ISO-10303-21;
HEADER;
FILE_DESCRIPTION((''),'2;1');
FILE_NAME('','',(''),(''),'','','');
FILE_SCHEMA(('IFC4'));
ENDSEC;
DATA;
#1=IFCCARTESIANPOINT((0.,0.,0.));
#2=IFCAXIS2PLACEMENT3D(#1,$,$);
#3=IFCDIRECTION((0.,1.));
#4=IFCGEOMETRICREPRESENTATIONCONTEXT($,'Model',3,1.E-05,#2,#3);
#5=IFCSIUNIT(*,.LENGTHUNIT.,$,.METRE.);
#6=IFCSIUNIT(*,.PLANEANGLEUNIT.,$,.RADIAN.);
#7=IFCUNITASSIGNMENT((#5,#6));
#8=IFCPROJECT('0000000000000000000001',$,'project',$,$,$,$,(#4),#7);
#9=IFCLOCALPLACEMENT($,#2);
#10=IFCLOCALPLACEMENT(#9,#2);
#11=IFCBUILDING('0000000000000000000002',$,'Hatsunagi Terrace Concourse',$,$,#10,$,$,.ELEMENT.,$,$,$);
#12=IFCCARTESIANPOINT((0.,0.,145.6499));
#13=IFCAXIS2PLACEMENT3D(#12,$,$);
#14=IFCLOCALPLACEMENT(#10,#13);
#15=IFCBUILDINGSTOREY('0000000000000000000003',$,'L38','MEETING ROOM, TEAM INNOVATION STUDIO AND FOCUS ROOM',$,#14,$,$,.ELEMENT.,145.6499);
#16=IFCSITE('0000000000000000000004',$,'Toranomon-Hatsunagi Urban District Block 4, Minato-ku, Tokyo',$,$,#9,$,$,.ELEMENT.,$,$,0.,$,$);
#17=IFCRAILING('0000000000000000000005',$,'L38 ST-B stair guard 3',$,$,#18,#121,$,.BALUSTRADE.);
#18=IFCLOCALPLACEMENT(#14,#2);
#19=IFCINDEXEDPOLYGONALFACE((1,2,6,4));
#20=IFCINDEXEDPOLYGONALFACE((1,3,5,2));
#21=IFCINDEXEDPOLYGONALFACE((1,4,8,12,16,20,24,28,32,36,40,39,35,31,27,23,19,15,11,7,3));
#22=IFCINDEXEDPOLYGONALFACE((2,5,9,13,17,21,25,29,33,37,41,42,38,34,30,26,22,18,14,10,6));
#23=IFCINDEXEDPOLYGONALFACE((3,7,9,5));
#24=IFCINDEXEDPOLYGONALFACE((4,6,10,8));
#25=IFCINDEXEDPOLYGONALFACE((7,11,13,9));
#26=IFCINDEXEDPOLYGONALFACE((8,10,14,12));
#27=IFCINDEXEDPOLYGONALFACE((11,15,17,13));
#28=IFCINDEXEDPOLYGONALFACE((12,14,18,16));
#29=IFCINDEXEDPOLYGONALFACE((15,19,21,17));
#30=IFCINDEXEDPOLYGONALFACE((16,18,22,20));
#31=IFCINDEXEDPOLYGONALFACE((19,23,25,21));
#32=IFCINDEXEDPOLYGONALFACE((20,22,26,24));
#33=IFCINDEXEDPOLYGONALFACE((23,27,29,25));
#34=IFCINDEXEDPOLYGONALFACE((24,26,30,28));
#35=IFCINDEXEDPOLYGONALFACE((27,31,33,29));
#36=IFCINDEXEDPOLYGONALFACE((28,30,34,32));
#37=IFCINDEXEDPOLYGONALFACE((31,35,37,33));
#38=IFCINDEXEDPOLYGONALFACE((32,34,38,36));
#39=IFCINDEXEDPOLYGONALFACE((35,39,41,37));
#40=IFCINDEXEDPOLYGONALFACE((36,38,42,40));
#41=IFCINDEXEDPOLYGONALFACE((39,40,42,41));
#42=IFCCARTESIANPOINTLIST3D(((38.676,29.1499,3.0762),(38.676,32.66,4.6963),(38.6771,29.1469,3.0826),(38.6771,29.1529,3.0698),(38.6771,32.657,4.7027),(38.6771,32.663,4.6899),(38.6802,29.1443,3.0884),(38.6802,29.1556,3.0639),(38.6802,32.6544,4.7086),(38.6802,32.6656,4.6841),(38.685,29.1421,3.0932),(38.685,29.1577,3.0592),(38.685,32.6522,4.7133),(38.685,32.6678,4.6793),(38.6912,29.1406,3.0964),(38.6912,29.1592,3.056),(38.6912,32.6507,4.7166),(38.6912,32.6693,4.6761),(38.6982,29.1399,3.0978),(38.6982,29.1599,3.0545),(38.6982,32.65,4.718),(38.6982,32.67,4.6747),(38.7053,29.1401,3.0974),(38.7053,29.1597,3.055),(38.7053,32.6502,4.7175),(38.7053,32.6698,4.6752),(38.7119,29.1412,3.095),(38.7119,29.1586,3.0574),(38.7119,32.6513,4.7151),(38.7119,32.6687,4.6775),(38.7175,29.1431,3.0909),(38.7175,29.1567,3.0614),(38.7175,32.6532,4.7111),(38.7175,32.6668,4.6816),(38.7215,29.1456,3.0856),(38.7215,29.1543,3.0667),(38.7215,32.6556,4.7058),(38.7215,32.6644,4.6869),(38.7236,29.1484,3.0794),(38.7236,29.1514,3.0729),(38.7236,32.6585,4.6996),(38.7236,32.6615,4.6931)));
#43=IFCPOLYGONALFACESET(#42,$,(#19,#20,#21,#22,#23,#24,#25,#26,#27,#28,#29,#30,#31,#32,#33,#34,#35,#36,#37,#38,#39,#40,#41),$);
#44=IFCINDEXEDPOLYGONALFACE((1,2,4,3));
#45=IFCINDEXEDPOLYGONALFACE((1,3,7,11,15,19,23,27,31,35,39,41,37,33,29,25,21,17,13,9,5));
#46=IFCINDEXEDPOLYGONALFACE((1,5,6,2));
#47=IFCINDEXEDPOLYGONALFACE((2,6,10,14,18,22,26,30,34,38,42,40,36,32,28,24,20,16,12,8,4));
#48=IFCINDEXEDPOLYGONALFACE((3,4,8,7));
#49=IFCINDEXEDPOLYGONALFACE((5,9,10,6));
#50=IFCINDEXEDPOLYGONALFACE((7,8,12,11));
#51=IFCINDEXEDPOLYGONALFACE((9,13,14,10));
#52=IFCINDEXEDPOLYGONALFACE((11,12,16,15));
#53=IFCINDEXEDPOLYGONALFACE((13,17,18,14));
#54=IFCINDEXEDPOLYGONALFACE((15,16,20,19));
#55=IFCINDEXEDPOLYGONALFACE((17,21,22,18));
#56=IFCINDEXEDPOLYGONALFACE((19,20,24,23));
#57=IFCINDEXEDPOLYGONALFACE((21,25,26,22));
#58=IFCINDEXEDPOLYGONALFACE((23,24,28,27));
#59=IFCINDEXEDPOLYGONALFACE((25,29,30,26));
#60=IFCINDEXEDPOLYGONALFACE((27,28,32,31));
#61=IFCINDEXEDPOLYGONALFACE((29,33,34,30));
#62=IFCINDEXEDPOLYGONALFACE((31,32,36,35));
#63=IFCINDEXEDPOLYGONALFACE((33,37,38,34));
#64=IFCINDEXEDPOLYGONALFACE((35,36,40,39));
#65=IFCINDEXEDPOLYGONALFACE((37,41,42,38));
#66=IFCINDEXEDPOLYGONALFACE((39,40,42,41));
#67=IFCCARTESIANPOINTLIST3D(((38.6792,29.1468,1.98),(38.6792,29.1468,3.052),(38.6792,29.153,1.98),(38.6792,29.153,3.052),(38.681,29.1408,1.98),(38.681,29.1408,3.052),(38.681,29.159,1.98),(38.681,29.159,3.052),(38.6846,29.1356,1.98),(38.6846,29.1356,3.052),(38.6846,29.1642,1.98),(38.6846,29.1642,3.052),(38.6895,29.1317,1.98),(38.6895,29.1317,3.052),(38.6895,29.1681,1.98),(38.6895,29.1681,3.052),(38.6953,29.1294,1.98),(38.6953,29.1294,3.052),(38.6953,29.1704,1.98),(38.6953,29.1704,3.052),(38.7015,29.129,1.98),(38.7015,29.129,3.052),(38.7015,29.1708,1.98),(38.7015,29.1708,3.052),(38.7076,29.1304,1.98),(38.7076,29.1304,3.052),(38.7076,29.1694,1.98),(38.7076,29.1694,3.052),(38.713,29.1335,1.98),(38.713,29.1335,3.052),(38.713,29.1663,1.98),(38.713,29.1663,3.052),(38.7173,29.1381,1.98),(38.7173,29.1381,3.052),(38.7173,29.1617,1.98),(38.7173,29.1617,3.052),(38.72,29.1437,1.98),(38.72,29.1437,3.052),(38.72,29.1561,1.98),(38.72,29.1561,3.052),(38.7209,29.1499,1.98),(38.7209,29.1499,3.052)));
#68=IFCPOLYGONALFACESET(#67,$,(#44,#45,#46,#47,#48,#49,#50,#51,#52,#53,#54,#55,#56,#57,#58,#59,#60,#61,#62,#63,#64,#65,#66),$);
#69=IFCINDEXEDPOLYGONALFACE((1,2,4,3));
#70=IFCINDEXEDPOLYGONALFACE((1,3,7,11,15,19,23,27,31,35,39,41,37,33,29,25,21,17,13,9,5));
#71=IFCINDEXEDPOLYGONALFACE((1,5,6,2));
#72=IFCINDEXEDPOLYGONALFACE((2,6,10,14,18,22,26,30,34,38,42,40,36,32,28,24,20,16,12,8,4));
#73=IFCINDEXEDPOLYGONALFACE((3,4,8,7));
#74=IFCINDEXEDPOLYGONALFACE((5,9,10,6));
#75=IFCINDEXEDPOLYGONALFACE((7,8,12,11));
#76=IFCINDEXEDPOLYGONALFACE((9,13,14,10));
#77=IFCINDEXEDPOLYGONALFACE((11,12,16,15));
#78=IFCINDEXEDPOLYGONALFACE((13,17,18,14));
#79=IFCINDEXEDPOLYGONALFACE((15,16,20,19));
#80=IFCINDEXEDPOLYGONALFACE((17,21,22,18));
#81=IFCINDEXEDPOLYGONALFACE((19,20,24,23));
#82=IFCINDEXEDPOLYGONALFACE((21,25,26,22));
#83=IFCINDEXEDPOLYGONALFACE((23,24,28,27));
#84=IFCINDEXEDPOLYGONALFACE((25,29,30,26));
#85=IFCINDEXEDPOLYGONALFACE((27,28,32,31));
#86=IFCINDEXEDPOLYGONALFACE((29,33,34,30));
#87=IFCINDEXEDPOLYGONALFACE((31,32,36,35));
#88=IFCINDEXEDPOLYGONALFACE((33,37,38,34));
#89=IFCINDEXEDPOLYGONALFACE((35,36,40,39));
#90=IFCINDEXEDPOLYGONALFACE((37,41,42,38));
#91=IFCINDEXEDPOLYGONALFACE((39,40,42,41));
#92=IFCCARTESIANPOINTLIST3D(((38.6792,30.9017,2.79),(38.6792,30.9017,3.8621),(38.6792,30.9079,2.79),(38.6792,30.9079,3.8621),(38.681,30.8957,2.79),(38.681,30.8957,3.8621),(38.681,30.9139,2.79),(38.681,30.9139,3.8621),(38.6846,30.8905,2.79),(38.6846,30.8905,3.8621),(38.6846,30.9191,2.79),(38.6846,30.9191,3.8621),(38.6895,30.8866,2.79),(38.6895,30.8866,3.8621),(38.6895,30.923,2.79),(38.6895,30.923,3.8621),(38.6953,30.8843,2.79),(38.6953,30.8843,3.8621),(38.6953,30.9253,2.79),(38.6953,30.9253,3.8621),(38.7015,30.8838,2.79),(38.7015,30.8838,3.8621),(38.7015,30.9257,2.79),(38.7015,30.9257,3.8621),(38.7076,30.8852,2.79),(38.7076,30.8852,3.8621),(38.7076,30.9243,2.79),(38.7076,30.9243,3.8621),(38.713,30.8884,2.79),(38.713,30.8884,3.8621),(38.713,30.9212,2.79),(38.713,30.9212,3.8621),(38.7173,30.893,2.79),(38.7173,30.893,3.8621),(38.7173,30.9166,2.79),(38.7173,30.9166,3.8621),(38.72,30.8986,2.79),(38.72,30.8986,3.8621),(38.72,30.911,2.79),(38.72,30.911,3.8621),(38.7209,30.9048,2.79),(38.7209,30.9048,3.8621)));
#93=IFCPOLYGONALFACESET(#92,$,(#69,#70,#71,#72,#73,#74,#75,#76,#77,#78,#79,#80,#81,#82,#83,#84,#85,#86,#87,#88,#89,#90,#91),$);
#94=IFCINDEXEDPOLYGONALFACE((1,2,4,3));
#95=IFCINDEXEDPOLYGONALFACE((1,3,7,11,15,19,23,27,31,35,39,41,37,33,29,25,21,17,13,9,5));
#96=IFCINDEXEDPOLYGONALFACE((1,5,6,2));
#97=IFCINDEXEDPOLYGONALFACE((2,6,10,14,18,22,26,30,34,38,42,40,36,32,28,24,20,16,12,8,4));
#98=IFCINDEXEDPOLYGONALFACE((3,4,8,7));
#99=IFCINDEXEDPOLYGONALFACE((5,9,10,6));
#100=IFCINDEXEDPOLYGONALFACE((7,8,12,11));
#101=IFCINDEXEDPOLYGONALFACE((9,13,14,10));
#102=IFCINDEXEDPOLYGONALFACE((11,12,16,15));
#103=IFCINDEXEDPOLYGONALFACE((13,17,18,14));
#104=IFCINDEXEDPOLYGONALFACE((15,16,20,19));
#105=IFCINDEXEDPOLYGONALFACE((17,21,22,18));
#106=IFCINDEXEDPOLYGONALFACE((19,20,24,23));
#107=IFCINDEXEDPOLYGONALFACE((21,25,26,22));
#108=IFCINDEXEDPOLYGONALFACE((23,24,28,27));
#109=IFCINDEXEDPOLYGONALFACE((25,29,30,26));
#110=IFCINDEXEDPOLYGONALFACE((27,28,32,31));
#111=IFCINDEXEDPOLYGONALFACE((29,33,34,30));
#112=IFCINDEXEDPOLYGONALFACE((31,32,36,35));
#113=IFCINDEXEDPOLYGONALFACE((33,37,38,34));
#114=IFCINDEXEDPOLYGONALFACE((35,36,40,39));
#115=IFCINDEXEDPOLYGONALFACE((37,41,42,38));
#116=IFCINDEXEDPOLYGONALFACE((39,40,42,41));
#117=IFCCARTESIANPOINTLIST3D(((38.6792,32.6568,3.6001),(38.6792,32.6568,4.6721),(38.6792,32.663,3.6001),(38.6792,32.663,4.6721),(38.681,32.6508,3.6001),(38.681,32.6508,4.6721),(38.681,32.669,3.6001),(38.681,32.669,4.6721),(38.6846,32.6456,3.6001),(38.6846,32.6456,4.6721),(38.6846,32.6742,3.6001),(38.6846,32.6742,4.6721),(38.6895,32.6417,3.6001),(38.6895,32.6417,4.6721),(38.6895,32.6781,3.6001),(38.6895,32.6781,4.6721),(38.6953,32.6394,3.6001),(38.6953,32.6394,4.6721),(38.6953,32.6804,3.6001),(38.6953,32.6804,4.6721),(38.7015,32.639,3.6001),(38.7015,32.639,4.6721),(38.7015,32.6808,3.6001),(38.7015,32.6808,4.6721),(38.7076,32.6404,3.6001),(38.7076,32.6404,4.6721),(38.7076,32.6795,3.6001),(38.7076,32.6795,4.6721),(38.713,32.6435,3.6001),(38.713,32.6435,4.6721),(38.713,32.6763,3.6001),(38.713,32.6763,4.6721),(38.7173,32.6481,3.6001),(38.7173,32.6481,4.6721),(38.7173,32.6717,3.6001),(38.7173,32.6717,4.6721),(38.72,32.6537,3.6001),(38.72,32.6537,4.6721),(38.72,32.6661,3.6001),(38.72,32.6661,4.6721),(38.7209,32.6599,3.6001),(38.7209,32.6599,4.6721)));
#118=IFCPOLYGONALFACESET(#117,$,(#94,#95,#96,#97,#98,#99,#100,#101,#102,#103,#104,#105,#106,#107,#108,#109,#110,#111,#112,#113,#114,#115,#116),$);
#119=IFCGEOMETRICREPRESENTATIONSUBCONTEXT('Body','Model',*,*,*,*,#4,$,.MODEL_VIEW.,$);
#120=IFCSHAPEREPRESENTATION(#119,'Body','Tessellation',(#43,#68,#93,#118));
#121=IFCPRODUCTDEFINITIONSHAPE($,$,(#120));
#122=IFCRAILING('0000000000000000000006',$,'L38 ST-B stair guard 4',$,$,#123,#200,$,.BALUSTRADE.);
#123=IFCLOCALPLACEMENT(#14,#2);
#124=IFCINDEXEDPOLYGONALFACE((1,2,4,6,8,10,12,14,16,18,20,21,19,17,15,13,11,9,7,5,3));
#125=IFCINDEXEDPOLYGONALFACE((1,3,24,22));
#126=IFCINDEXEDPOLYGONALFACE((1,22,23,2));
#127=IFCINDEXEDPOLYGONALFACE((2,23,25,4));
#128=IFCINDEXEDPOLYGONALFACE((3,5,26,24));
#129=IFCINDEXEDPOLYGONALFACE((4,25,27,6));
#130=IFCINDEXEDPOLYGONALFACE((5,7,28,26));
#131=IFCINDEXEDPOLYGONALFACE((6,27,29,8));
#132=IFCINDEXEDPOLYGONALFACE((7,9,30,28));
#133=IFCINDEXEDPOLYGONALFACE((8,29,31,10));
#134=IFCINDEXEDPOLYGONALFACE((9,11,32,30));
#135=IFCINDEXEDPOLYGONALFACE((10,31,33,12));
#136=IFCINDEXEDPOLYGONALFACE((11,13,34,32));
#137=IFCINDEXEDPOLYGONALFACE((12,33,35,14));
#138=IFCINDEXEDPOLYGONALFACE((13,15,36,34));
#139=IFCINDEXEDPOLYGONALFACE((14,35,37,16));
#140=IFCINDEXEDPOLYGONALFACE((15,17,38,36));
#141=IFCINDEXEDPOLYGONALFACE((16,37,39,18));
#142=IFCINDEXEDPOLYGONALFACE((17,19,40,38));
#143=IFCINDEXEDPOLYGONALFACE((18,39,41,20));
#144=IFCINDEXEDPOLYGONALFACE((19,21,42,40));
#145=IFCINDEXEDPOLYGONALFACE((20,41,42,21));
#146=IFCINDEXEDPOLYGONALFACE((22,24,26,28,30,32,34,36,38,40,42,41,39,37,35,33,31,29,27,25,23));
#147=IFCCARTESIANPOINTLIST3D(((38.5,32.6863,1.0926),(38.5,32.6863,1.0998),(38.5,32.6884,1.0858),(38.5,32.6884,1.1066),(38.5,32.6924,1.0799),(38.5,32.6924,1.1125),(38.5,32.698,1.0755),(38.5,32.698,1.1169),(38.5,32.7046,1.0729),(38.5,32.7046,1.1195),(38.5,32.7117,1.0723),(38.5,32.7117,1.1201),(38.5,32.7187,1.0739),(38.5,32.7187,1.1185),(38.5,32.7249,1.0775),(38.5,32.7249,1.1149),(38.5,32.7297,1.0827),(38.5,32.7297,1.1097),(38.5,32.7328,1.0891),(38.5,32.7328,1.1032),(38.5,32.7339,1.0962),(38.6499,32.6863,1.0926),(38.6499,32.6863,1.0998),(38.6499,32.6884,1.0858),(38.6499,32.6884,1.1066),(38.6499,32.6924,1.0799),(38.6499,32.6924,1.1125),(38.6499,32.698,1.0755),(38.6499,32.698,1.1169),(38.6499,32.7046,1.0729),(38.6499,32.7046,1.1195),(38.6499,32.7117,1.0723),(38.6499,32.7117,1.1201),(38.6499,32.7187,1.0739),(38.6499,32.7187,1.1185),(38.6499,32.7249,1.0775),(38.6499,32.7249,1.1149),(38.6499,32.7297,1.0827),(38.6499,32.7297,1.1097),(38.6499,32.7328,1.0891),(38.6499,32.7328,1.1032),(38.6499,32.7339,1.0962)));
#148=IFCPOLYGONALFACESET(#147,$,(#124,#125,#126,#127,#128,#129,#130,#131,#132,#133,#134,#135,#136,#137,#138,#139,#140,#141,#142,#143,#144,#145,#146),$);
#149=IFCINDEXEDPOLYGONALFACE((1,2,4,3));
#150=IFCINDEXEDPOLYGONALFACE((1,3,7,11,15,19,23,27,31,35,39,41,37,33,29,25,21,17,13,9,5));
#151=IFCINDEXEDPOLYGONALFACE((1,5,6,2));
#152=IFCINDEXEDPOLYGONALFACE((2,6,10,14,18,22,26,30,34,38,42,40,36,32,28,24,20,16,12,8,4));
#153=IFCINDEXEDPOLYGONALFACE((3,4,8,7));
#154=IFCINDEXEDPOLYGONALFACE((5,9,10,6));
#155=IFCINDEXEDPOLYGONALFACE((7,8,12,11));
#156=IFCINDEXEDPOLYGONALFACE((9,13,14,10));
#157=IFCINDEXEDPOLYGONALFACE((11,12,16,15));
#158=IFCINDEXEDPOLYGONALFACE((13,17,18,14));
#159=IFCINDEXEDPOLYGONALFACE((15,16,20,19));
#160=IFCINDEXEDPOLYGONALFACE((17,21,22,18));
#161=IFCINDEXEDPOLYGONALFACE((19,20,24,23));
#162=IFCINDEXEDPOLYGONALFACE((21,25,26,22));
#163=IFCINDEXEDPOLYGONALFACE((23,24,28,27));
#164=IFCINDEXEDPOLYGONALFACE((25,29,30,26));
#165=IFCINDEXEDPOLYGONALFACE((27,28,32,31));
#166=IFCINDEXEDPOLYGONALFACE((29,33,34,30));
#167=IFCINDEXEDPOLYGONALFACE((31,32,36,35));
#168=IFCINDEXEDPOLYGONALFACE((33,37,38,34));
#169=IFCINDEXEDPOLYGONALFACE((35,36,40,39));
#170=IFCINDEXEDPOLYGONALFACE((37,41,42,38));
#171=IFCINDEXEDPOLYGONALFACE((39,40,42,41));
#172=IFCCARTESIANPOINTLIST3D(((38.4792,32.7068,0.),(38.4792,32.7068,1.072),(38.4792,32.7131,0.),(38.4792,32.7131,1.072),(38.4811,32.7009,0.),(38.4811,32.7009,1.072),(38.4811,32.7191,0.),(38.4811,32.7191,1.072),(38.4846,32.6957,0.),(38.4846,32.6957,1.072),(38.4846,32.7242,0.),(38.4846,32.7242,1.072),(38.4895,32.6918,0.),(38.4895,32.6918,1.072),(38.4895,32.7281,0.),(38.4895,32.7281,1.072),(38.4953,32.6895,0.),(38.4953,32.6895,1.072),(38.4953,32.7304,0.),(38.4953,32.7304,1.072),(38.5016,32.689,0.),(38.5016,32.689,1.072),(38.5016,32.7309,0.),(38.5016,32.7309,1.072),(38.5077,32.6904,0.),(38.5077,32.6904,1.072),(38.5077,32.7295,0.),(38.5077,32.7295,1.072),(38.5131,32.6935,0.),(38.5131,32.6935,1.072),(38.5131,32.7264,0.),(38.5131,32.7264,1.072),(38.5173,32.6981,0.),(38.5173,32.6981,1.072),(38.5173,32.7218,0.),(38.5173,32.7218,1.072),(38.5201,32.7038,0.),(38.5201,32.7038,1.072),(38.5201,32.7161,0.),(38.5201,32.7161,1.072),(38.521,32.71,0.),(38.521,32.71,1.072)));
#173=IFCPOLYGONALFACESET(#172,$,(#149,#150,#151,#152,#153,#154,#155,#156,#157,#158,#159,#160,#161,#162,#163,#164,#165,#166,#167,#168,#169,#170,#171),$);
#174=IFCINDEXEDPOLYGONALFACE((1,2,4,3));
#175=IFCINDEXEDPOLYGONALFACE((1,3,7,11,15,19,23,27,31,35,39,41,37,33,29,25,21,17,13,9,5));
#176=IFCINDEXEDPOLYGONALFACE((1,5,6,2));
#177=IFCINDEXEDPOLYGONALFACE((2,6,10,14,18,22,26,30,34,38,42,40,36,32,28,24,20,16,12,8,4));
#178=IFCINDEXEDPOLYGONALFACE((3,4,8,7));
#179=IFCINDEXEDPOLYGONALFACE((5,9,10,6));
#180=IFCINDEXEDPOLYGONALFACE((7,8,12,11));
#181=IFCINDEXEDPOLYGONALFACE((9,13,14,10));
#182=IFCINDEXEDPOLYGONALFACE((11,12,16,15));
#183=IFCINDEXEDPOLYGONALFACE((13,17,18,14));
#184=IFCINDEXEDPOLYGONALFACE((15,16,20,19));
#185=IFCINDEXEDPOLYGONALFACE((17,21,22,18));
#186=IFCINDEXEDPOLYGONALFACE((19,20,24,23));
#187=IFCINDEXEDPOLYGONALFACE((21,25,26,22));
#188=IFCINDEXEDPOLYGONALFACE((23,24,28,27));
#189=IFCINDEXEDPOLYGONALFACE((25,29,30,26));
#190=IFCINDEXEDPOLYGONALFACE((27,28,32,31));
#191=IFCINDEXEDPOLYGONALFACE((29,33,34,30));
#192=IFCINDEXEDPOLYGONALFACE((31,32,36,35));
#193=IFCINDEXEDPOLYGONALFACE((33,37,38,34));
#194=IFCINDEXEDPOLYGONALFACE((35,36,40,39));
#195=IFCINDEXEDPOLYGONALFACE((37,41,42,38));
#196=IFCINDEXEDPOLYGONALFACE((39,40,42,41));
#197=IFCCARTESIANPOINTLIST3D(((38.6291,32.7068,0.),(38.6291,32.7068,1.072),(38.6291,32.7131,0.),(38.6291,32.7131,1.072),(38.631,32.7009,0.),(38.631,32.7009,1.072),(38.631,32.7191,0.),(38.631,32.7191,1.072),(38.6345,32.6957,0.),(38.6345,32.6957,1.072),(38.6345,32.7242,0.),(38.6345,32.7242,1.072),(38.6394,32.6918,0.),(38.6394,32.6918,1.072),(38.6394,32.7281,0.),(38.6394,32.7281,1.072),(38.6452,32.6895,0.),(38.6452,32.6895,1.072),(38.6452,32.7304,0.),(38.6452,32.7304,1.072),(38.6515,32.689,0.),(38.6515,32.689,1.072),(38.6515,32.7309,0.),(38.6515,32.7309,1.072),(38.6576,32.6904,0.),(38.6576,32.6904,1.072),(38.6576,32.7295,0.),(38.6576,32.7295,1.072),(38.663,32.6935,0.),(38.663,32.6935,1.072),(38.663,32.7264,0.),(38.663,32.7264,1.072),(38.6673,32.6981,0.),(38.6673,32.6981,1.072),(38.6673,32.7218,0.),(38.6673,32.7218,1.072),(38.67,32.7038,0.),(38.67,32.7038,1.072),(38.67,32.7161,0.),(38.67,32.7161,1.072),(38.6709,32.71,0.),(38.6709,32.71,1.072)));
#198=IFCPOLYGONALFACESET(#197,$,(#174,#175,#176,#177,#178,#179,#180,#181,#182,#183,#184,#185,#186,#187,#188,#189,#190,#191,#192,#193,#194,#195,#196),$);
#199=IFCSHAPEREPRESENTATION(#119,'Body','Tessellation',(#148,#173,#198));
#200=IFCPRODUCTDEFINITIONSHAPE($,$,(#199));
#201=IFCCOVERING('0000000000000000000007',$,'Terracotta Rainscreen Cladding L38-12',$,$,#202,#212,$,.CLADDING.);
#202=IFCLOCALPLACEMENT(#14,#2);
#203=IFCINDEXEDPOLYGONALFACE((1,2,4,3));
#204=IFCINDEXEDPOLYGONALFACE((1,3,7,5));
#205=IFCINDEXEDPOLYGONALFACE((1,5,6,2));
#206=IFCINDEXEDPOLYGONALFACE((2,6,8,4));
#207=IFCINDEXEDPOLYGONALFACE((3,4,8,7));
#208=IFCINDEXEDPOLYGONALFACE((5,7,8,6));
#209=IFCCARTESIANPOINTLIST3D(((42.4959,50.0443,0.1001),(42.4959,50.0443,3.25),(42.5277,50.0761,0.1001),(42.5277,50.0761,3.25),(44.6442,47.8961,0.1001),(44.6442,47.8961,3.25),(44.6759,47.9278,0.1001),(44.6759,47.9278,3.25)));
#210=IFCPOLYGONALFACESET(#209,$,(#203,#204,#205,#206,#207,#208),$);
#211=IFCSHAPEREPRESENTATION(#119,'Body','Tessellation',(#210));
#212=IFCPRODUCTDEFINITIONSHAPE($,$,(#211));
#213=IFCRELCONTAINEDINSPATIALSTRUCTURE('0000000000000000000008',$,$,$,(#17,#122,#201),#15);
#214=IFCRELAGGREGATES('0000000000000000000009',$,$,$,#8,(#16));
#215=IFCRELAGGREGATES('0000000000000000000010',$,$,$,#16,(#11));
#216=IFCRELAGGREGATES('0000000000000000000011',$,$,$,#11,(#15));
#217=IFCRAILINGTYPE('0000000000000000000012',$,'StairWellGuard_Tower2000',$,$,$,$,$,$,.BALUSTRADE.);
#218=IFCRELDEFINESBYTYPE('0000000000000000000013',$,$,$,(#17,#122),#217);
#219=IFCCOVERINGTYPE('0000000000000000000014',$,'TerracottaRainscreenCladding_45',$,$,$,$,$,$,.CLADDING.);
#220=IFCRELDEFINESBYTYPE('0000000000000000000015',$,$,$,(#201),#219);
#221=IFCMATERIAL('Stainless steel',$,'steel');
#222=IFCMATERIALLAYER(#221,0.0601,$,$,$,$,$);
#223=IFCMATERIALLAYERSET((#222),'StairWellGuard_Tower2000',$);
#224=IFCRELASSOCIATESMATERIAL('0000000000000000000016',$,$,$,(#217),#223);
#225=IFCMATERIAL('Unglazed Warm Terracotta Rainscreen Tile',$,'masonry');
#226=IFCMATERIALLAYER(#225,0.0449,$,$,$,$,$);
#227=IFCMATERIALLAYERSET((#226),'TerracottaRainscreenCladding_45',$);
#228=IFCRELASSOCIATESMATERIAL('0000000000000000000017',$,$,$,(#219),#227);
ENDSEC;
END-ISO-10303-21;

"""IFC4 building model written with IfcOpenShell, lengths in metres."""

from ifc_helpers import new_model, si_unit, direction, frame, origin, origin_2d, place, context, subcontext, project, spatial, rectangle, circle, extrude, material, layer, layer_set, type_object, element, save


model = new_model("IFC4")

# Units and contexts
model_context = context("Model", 3, precision=1e-05, world=origin(), true_north=direction((0.0, 1.0)))
body_context = subcontext(model_context, "Body", "Model", "MODEL_VIEW")
ifc_project = project(units=[si_unit("LENGTHUNIT", "METRE"), si_unit("PLANEANGLEUNIT", "RADIAN")], contexts=[model_context])

# Site, building, storey
site_placement = place(None, origin())
site = spatial("IfcSite", under=ifc_project, at=site_placement, Name="Toranomon-Hatsunagi Urban District Block 4, Minato-ku, Tokyo", CompositionType="ELEMENT", RefElevation=0.0)
building_placement = place(site_placement, origin())
building = spatial("IfcBuilding", under=site, at=building_placement, Name="Hatsunagi Terrace Concourse", CompositionType="ELEMENT")
storey_placement = place(building_placement, frame((0.0, 0.0, 145.6499)))
storey = spatial("IfcBuildingStorey", under=building, at=storey_placement, Name="L38", Description="MEETING ROOM, TEAM INNOVATION STUDIO AND FOCUS ROOM", CompositionType="ELEMENT", Elevation=145.6499)

# Railings
ifc_material_1 = material(Name="Stainless steel", Category="steel")
ifc_layer_1 = layer(ifc_material_1, 0.0601)
ifc_layer_set_1 = layer_set([ifc_layer_1], Name="StairWellGuard_Tower2000")
railing_type_1 = type_object("IfcRailingType", Name="StairWellGuard_Tower2000", PredefinedType="BALUSTRADE", material=ifc_layer_set_1)
railing_1_placement = place(storey_placement, frame((38.7, 29.1499, 1.98)))
element("IfcRailing", 1, at=railing_1_placement, inside=storey, type_object=railing_type_1, Name="L38 ST-B stair guard 3", PredefinedType="BALUSTRADE", context=body_context, shape_type="SweptSolid", body=[
    extrude(circle(Radius=0.0239, at=origin_2d()), frame((0.0, 0.0, 1.0962), z_axis=(0.0, 0.907948, 0.419082), x_axis=(-1.0, 0.0, 0.0)), (0.0, 0.0, 1.0), 3.866),
    extrude(circle(Radius=0.021, at=origin_2d()), origin(), (0.0, 0.0, 1.0), 1.072),
    extrude(circle(Radius=0.021, at=origin_2d()), frame((0.0, 1.7549, 0.8101)), (0.0, 0.0, 1.0), 1.072),
    extrude(circle(Radius=0.021, at=origin_2d()), frame((0.0, 3.51, 1.6201)), (0.0, 0.0, 1.0), 1.072),
])
railing_2_placement = place(storey_placement, frame((38.5, 32.71, 0.0)))
element("IfcRailing", 2, at=railing_2_placement, inside=storey, type_object=railing_type_1, Name="L38 ST-B stair guard 4", PredefinedType="BALUSTRADE", context=body_context, shape_type="SweptSolid", body=[
    extrude(circle(Radius=0.0239, at=origin_2d()), frame((0.0, 0.0, 1.0962), z_axis=(1.0, 0.0, 0.0), x_axis=(0.0, 1.0, 0.0)), (0.0, 0.0, 1.0), 0.1499),
    extrude(circle(Radius=0.021, at=origin_2d()), origin(), (0.0, 0.0, 1.0), 1.072),
    extrude(circle(Radius=0.021, at=origin_2d()), frame((0.1499, 0.0, 0.0)), (0.0, 0.0, 1.0), 1.072),
])

# Covering
ifc_material_2 = material(Name="Unglazed Warm Terracotta Rainscreen Tile", Category="masonry")
ifc_layer_2 = layer(ifc_material_2, 0.0449)
ifc_layer_set_2 = layer_set([ifc_layer_2], Name="TerracottaRainscreenCladding_45")
covering_type = type_object("IfcCoveringType", Name="TerracottaRainscreenCladding_45", PredefinedType="CLADDING", material=ifc_layer_set_2)
covering_placement = place(storey_placement, frame((43.5859, 48.9861, 0.1001), z_axis=(0.0, 0.0, 1.0), x_axis=(0.707107, -0.707107, 0.0)))
element("IfcCovering", 3, at=covering_placement, inside=storey, type_object=covering_type, Name="Terracotta Rainscreen Cladding L38-12", PredefinedType="CLADDING", context=body_context, shape_type="SweptSolid", body=[
    extrude(rectangle(XDim=3.0381, YDim=0.0449, at=origin_2d()), origin(), (0.0, 0.0, 1.0), 3.1499),
])

save(model, "model.ifc")
